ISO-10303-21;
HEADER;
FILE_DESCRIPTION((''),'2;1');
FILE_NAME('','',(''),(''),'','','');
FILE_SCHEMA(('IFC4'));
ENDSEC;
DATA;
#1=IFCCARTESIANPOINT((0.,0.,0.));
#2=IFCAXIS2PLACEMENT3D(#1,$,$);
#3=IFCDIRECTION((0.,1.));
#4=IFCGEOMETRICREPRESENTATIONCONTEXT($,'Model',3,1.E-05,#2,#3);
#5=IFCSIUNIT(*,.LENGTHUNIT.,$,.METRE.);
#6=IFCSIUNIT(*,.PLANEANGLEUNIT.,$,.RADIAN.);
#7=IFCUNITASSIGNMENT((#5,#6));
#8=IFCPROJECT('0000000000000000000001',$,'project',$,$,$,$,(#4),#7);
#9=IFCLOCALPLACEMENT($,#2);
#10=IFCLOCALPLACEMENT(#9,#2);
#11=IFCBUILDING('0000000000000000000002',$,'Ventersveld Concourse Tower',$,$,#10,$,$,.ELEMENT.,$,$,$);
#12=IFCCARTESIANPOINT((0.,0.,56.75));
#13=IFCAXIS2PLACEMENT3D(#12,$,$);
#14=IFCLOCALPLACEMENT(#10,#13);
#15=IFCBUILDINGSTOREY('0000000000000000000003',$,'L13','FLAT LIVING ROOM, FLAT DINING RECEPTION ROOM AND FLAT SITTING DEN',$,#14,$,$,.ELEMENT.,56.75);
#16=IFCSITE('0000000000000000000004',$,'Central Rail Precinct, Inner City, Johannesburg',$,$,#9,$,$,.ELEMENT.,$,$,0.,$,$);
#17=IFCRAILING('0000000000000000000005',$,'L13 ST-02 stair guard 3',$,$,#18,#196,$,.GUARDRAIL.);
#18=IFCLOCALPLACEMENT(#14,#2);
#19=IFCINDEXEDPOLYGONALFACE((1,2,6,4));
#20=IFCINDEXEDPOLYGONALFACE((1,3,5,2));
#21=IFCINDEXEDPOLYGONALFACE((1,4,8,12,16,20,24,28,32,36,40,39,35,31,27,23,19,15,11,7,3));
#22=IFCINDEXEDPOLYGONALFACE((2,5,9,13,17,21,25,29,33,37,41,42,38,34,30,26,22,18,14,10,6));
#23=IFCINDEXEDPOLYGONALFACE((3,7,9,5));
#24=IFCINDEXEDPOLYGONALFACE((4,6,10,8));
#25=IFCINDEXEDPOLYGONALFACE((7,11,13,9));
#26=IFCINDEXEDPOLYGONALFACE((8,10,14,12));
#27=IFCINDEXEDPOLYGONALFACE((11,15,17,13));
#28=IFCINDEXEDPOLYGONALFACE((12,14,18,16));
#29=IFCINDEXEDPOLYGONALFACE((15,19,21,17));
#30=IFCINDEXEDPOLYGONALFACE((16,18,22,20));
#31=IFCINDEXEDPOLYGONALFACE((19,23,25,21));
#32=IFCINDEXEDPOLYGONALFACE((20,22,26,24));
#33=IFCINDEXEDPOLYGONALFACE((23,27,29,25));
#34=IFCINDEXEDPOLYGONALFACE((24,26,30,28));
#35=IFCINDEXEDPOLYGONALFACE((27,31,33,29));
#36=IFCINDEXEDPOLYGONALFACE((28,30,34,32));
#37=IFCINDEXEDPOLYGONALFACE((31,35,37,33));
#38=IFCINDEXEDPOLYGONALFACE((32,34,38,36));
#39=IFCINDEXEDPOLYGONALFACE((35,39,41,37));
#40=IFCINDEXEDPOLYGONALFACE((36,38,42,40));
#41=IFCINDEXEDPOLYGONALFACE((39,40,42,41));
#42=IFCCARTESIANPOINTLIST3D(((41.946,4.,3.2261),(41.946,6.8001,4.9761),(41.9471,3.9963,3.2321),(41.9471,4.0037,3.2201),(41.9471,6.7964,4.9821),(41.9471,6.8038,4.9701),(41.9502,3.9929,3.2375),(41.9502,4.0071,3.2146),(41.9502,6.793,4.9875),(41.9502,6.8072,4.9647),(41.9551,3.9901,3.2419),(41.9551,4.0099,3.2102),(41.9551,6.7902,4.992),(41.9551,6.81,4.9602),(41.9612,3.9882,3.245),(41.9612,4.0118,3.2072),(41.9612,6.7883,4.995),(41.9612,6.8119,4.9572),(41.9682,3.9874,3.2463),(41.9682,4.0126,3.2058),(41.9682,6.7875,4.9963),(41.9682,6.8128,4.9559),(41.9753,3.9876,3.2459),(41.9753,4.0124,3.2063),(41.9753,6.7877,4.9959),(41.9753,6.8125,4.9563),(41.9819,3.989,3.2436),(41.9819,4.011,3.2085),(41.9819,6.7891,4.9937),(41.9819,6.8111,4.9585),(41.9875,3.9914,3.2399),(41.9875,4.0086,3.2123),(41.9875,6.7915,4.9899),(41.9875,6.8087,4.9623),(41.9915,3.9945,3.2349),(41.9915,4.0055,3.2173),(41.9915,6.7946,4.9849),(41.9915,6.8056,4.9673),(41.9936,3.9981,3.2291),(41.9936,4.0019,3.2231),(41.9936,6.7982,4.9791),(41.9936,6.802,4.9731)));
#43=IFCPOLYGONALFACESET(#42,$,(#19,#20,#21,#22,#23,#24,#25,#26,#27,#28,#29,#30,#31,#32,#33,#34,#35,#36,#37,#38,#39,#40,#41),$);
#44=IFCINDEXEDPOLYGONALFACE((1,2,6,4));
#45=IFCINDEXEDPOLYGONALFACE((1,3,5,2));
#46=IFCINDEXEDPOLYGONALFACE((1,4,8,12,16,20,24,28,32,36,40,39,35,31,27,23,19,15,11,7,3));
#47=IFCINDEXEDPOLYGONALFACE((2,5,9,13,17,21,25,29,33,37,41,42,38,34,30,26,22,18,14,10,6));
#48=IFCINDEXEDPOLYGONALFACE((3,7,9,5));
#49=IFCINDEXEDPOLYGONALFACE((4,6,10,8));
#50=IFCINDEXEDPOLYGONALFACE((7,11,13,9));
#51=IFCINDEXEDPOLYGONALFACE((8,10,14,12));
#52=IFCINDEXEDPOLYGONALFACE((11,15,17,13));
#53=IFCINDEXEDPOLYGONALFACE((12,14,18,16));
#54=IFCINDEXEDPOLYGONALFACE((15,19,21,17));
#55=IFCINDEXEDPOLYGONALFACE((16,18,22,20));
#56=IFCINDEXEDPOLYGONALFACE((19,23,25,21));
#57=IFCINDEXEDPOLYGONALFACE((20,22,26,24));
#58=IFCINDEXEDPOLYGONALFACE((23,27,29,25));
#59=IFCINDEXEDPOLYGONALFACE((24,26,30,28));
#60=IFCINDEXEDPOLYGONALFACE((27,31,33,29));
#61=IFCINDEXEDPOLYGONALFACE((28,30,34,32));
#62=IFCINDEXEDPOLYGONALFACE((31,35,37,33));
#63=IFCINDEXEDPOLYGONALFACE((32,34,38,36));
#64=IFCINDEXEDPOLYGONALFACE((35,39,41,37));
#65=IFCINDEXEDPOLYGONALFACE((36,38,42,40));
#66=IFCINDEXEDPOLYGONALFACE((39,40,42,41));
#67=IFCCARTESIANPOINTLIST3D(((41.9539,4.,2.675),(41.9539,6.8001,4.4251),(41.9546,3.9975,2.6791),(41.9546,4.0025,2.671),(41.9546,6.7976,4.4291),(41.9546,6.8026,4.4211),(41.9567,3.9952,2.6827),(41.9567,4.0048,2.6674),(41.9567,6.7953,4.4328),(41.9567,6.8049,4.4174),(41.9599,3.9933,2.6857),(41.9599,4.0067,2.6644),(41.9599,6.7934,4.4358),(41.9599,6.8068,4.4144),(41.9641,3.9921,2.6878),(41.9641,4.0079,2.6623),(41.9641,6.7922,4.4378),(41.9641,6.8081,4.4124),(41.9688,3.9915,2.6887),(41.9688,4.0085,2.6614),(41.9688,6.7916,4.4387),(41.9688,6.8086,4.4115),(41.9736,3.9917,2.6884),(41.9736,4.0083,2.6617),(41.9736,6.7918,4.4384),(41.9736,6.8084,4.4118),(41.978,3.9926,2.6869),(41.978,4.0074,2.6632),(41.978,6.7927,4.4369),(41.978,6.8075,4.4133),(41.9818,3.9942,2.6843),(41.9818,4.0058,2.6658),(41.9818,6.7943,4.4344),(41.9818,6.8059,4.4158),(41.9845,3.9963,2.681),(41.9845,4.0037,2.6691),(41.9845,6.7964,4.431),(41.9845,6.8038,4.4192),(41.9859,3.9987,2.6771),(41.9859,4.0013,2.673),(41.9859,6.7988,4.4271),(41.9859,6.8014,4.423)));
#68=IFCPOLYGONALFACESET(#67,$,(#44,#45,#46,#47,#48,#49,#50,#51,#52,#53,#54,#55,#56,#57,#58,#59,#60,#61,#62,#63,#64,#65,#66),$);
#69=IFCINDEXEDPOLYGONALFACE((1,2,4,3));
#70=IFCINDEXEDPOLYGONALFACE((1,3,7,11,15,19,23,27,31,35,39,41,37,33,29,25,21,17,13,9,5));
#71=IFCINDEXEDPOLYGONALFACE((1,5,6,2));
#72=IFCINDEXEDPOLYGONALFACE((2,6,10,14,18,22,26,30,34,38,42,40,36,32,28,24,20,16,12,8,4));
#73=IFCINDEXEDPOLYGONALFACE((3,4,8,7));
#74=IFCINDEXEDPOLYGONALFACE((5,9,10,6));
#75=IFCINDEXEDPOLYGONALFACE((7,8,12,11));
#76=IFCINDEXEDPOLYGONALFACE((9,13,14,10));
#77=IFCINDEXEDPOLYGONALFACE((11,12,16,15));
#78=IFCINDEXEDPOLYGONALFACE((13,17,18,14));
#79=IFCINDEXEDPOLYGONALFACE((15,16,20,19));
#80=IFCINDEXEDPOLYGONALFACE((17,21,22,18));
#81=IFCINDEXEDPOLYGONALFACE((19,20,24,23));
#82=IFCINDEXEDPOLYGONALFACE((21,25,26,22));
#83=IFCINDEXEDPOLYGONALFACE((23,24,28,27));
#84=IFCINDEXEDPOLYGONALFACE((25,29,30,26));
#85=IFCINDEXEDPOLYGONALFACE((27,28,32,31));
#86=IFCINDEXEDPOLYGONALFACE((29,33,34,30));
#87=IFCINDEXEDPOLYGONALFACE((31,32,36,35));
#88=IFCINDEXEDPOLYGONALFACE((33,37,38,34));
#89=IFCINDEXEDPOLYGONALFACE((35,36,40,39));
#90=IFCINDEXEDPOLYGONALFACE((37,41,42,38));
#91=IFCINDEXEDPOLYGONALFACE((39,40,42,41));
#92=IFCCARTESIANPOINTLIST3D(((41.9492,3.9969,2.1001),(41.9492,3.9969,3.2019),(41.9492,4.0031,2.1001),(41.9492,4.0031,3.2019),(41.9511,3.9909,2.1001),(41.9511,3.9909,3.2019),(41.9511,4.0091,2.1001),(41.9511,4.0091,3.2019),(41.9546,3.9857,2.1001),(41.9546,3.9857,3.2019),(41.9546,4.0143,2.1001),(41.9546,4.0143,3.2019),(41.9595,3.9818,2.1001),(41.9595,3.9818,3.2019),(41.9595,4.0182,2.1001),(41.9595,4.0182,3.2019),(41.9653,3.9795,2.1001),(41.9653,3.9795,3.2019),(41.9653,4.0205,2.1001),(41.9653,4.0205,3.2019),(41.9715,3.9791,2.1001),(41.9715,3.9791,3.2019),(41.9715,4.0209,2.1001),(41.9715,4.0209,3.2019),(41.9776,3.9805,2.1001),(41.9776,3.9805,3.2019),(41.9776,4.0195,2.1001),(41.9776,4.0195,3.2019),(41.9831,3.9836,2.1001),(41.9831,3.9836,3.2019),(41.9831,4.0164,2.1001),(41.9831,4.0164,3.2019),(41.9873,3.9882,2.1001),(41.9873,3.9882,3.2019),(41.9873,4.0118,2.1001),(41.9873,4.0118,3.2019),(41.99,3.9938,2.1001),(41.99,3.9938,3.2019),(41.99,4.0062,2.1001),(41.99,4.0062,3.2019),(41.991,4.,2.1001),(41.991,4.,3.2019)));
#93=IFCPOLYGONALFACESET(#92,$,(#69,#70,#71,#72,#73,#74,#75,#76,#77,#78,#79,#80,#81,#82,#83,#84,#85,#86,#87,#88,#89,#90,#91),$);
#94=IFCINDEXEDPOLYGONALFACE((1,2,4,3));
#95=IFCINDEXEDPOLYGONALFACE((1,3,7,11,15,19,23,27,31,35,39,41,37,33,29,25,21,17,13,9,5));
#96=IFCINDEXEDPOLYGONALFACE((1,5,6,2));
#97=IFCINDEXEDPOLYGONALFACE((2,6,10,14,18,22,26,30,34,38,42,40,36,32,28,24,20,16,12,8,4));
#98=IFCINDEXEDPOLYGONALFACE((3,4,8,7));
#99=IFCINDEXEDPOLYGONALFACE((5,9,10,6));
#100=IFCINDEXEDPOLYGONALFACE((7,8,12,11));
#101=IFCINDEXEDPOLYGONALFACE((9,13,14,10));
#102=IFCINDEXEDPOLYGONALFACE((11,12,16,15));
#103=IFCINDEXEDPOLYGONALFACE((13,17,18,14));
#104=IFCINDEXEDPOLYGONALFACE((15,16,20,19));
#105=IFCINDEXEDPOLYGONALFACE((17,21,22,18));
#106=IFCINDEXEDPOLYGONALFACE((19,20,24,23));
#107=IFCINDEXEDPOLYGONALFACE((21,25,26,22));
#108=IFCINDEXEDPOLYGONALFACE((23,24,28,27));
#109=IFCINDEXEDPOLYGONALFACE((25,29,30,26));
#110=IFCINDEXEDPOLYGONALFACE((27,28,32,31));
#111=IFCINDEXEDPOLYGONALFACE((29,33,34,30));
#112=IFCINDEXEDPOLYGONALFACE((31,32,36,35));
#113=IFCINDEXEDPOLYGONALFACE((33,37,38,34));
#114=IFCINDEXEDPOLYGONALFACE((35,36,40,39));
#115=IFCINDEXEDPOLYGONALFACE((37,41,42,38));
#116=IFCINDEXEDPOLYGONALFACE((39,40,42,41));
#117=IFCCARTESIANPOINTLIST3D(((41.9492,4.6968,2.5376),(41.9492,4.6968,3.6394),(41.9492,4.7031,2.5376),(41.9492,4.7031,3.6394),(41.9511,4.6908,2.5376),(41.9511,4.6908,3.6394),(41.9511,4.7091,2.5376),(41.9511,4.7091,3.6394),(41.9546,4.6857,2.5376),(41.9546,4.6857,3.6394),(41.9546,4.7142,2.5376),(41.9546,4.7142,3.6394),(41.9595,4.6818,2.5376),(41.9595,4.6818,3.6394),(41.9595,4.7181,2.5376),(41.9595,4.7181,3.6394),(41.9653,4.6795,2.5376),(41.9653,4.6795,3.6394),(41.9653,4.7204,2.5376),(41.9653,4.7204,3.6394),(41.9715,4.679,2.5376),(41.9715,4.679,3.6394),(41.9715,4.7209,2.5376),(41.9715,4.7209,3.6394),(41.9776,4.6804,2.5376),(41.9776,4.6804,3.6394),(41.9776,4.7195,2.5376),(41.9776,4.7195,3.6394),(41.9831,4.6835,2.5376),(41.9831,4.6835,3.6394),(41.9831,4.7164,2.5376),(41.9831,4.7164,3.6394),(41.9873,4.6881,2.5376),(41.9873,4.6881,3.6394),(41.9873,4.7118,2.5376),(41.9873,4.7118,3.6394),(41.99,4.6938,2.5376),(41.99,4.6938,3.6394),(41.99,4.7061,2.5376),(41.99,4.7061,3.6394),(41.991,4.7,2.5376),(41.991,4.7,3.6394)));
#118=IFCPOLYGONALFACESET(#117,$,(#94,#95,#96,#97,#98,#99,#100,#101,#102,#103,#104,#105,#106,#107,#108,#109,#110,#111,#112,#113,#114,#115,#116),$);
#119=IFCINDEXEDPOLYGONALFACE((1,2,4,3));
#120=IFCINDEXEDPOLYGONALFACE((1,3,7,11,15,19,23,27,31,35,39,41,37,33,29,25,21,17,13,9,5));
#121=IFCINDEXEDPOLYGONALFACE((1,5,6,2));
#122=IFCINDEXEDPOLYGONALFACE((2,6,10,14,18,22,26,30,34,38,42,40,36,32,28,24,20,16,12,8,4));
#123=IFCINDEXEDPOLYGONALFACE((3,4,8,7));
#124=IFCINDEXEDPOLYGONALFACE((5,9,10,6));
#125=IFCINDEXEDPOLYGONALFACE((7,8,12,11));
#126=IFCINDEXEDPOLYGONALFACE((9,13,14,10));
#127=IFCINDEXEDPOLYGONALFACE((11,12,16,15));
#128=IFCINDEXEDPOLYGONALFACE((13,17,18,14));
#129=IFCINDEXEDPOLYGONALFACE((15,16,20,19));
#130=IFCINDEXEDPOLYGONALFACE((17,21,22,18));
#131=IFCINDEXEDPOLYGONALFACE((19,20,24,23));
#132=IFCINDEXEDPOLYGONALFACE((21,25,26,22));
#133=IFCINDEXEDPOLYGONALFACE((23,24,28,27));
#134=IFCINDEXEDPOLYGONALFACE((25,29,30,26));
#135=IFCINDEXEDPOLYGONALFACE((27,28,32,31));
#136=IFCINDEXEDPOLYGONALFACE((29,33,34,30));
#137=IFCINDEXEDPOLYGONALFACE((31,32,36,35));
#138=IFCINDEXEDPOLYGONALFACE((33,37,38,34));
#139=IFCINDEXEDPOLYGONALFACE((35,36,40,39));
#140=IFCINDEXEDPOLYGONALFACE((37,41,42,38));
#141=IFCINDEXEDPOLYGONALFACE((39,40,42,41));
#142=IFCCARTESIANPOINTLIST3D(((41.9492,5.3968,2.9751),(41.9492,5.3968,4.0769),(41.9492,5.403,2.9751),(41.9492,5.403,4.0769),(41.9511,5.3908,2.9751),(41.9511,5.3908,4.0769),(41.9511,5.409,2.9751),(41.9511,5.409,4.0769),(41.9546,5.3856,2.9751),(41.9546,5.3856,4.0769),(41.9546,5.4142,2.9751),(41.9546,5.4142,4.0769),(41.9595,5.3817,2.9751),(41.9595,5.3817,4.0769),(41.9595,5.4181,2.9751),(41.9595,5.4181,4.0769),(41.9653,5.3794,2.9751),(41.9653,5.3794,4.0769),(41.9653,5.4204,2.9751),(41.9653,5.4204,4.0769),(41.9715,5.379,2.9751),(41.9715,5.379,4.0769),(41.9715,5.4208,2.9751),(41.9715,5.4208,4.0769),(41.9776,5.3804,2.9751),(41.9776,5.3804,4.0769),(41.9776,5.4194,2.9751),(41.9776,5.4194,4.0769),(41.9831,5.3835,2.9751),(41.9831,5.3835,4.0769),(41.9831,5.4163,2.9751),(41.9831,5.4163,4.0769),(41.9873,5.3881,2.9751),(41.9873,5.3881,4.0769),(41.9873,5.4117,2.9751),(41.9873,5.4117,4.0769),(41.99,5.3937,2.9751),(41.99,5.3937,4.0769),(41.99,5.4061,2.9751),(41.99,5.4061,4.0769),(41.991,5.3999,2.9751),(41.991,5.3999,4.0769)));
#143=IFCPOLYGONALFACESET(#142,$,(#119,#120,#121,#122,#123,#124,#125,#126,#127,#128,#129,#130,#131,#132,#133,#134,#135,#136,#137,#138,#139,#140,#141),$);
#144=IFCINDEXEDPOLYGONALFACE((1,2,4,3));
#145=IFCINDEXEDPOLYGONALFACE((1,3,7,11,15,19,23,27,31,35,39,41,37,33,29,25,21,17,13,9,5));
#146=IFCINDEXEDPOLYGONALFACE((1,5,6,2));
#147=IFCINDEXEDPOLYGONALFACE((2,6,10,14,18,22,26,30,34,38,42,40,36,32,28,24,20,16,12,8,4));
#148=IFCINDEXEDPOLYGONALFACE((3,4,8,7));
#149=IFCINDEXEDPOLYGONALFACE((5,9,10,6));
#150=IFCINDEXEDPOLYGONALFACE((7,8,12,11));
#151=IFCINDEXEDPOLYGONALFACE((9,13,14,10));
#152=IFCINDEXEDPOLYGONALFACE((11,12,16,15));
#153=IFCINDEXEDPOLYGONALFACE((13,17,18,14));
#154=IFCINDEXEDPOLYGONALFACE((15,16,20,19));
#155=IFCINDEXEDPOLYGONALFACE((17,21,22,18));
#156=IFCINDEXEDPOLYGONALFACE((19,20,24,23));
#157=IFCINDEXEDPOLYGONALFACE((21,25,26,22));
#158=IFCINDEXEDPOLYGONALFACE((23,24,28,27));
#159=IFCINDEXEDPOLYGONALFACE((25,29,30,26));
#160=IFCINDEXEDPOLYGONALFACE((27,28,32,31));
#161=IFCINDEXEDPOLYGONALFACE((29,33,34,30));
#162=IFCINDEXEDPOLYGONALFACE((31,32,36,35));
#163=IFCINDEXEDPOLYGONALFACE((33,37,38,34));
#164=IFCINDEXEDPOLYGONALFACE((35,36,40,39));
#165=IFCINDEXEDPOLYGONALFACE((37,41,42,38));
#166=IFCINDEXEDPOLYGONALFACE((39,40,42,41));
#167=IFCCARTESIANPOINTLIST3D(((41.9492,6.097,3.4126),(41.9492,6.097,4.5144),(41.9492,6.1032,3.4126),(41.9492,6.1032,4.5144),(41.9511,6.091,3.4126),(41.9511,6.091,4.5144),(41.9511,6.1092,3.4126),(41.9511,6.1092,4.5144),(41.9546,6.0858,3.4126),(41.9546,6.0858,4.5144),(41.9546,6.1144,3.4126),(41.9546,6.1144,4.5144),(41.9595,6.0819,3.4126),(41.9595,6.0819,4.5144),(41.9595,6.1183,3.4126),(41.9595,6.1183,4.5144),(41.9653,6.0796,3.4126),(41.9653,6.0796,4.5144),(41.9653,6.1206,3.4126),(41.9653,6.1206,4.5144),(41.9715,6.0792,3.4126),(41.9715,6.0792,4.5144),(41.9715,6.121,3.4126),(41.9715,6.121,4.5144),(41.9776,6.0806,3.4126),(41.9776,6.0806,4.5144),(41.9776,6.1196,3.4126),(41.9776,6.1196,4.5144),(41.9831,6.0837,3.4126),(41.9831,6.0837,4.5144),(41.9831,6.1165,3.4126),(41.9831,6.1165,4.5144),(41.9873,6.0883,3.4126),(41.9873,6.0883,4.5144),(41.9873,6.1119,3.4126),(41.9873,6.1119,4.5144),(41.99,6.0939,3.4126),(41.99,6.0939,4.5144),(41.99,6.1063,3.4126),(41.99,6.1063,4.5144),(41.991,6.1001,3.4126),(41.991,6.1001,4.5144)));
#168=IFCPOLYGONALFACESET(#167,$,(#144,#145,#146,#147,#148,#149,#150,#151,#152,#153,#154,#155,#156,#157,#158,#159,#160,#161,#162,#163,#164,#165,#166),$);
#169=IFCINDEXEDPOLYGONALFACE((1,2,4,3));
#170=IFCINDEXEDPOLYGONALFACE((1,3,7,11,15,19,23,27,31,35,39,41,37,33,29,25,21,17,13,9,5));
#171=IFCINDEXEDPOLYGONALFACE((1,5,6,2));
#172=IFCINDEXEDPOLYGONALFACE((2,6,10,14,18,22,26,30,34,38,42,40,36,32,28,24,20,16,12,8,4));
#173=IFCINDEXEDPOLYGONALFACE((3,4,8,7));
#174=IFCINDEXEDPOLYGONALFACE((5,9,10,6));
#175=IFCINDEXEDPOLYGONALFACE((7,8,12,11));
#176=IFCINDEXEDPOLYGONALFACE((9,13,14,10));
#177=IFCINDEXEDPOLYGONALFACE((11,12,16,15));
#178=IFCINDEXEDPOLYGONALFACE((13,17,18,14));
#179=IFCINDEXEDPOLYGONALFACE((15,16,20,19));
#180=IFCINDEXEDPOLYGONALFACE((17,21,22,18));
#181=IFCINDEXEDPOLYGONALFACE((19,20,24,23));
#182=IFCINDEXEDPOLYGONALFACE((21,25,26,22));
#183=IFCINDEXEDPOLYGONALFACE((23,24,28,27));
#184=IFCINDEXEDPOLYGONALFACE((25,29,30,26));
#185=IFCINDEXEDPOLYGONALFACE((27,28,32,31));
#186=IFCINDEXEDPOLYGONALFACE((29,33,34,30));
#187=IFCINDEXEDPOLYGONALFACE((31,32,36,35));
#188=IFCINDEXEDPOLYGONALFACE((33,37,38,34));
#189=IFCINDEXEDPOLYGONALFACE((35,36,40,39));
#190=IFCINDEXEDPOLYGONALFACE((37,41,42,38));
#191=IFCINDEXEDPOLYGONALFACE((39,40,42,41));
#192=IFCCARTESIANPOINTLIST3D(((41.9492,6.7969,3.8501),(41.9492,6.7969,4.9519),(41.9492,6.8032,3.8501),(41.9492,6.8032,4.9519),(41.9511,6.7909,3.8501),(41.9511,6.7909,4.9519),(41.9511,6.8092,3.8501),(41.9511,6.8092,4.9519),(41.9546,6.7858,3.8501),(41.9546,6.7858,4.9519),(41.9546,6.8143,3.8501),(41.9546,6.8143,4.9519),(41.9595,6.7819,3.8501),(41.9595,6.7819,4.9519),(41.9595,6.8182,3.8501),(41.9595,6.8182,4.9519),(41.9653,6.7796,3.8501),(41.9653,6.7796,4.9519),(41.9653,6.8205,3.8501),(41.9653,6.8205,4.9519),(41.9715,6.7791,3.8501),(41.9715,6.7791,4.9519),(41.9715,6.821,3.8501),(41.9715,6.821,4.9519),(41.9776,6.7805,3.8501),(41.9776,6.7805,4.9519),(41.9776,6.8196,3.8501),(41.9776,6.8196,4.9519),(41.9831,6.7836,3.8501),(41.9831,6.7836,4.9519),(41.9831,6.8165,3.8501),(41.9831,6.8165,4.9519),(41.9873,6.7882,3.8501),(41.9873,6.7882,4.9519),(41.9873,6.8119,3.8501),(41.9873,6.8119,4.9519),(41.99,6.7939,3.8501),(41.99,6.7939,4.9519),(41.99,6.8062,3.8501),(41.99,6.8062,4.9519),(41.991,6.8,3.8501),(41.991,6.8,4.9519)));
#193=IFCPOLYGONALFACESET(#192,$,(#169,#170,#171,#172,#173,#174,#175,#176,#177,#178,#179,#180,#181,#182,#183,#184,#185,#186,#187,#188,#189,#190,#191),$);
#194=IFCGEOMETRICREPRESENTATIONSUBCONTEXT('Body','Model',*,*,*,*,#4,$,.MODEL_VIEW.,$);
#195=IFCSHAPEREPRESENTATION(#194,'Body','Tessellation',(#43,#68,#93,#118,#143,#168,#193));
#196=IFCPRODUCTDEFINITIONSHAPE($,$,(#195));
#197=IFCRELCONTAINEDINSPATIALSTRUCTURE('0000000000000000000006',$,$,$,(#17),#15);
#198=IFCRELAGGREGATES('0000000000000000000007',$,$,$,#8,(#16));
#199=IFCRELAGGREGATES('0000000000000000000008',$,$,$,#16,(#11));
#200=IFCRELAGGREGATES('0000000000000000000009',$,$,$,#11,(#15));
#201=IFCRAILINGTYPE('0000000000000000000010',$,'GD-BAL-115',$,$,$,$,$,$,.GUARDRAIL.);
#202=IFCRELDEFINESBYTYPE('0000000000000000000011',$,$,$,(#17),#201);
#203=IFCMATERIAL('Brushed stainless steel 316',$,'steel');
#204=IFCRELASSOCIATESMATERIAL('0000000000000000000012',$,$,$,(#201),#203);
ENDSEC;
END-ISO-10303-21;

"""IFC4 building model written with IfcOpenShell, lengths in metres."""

from ifc_helpers import new_model, si_unit, direction, frame, origin, origin_2d, place, context, subcontext, project, spatial, circle, extrude, material, type_object, element, save


model = new_model("IFC4")

# Units and contexts
model_context = context("Model", 3, precision=1e-05, world=origin(), true_north=direction((0.0, 1.0)))
body_context = subcontext(model_context, "Body", "Model", "MODEL_VIEW")
ifc_project = project(units=[si_unit("LENGTHUNIT", "METRE"), si_unit("PLANEANGLEUNIT", "RADIAN")], contexts=[model_context])

# Site, building, storey
site_placement = place(None, origin())
site = spatial("IfcSite", under=ifc_project, at=site_placement, Name="Central Rail Precinct, Inner City, Johannesburg", CompositionType="ELEMENT", RefElevation=0.0)
building_placement = place(site_placement, origin())
building = spatial("IfcBuilding", under=site, at=building_placement, Name="Ventersveld Concourse Tower", CompositionType="ELEMENT")
storey_placement = place(building_placement, frame((0.0, 0.0, 56.75)))
storey = spatial("IfcBuildingStorey", under=building, at=storey_placement, Name="L13", Description="FLAT LIVING ROOM, FLAT DINING RECEPTION ROOM AND FLAT SITTING DEN", CompositionType="ELEMENT", Elevation=56.75)

# Railing
ifc_material_1 = material(Name="Brushed stainless steel 316", Category="steel")
railing_type_1 = type_object("IfcRailingType", Name="GD-BAL-115", PredefinedType="GUARDRAIL", material=ifc_material_1)
railing_1_placement = place(storey_placement, frame((41.97, 4.0, 2.1001)))
element("IfcRailing", 1, at=railing_1_placement, inside=storey, type_object=railing_type_1, Name="L13 ST-02 stair guard 3", PredefinedType="GUARDRAIL", context=body_context, shape_type="SweptSolid", body=[
    extrude(circle(Radius=0.0239, at=origin_2d()), frame((0.0, 0.0, 1.126), z_axis=(0.0, 0.848002, 0.529992), x_axis=(-1.0, 0.0, 0.0)), (0.0, 0.0, 1.0), 3.302),
    extrude(circle(Radius=0.0161, at=origin_2d()), frame((0.0, 0.0, 0.575), z_axis=(0.0, 0.848002, 0.529992), x_axis=(-1.0, 0.0, 0.0)), (0.0, 0.0, 1.0), 3.302),
    extrude(circle(Radius=0.021, at=origin_2d()), origin(), (0.0, 0.0, 1.0), 1.1018),
    extrude(circle(Radius=0.021, at=origin_2d()), frame((0.0, 0.7, 0.4375)), (0.0, 0.0, 1.0), 1.1018),
    extrude(circle(Radius=0.021, at=origin_2d()), frame((0.0, 1.3999, 0.875)), (0.0, 0.0, 1.0), 1.1018),
    extrude(circle(Radius=0.021, at=origin_2d()), frame((0.0, 2.1001, 1.3125)), (0.0, 0.0, 1.0), 1.1018),
    extrude(circle(Radius=0.021, at=origin_2d()), frame((0.0, 2.8, 1.75)), (0.0, 0.0, 1.0), 1.1018),
])

save(model, "model.ifc")
